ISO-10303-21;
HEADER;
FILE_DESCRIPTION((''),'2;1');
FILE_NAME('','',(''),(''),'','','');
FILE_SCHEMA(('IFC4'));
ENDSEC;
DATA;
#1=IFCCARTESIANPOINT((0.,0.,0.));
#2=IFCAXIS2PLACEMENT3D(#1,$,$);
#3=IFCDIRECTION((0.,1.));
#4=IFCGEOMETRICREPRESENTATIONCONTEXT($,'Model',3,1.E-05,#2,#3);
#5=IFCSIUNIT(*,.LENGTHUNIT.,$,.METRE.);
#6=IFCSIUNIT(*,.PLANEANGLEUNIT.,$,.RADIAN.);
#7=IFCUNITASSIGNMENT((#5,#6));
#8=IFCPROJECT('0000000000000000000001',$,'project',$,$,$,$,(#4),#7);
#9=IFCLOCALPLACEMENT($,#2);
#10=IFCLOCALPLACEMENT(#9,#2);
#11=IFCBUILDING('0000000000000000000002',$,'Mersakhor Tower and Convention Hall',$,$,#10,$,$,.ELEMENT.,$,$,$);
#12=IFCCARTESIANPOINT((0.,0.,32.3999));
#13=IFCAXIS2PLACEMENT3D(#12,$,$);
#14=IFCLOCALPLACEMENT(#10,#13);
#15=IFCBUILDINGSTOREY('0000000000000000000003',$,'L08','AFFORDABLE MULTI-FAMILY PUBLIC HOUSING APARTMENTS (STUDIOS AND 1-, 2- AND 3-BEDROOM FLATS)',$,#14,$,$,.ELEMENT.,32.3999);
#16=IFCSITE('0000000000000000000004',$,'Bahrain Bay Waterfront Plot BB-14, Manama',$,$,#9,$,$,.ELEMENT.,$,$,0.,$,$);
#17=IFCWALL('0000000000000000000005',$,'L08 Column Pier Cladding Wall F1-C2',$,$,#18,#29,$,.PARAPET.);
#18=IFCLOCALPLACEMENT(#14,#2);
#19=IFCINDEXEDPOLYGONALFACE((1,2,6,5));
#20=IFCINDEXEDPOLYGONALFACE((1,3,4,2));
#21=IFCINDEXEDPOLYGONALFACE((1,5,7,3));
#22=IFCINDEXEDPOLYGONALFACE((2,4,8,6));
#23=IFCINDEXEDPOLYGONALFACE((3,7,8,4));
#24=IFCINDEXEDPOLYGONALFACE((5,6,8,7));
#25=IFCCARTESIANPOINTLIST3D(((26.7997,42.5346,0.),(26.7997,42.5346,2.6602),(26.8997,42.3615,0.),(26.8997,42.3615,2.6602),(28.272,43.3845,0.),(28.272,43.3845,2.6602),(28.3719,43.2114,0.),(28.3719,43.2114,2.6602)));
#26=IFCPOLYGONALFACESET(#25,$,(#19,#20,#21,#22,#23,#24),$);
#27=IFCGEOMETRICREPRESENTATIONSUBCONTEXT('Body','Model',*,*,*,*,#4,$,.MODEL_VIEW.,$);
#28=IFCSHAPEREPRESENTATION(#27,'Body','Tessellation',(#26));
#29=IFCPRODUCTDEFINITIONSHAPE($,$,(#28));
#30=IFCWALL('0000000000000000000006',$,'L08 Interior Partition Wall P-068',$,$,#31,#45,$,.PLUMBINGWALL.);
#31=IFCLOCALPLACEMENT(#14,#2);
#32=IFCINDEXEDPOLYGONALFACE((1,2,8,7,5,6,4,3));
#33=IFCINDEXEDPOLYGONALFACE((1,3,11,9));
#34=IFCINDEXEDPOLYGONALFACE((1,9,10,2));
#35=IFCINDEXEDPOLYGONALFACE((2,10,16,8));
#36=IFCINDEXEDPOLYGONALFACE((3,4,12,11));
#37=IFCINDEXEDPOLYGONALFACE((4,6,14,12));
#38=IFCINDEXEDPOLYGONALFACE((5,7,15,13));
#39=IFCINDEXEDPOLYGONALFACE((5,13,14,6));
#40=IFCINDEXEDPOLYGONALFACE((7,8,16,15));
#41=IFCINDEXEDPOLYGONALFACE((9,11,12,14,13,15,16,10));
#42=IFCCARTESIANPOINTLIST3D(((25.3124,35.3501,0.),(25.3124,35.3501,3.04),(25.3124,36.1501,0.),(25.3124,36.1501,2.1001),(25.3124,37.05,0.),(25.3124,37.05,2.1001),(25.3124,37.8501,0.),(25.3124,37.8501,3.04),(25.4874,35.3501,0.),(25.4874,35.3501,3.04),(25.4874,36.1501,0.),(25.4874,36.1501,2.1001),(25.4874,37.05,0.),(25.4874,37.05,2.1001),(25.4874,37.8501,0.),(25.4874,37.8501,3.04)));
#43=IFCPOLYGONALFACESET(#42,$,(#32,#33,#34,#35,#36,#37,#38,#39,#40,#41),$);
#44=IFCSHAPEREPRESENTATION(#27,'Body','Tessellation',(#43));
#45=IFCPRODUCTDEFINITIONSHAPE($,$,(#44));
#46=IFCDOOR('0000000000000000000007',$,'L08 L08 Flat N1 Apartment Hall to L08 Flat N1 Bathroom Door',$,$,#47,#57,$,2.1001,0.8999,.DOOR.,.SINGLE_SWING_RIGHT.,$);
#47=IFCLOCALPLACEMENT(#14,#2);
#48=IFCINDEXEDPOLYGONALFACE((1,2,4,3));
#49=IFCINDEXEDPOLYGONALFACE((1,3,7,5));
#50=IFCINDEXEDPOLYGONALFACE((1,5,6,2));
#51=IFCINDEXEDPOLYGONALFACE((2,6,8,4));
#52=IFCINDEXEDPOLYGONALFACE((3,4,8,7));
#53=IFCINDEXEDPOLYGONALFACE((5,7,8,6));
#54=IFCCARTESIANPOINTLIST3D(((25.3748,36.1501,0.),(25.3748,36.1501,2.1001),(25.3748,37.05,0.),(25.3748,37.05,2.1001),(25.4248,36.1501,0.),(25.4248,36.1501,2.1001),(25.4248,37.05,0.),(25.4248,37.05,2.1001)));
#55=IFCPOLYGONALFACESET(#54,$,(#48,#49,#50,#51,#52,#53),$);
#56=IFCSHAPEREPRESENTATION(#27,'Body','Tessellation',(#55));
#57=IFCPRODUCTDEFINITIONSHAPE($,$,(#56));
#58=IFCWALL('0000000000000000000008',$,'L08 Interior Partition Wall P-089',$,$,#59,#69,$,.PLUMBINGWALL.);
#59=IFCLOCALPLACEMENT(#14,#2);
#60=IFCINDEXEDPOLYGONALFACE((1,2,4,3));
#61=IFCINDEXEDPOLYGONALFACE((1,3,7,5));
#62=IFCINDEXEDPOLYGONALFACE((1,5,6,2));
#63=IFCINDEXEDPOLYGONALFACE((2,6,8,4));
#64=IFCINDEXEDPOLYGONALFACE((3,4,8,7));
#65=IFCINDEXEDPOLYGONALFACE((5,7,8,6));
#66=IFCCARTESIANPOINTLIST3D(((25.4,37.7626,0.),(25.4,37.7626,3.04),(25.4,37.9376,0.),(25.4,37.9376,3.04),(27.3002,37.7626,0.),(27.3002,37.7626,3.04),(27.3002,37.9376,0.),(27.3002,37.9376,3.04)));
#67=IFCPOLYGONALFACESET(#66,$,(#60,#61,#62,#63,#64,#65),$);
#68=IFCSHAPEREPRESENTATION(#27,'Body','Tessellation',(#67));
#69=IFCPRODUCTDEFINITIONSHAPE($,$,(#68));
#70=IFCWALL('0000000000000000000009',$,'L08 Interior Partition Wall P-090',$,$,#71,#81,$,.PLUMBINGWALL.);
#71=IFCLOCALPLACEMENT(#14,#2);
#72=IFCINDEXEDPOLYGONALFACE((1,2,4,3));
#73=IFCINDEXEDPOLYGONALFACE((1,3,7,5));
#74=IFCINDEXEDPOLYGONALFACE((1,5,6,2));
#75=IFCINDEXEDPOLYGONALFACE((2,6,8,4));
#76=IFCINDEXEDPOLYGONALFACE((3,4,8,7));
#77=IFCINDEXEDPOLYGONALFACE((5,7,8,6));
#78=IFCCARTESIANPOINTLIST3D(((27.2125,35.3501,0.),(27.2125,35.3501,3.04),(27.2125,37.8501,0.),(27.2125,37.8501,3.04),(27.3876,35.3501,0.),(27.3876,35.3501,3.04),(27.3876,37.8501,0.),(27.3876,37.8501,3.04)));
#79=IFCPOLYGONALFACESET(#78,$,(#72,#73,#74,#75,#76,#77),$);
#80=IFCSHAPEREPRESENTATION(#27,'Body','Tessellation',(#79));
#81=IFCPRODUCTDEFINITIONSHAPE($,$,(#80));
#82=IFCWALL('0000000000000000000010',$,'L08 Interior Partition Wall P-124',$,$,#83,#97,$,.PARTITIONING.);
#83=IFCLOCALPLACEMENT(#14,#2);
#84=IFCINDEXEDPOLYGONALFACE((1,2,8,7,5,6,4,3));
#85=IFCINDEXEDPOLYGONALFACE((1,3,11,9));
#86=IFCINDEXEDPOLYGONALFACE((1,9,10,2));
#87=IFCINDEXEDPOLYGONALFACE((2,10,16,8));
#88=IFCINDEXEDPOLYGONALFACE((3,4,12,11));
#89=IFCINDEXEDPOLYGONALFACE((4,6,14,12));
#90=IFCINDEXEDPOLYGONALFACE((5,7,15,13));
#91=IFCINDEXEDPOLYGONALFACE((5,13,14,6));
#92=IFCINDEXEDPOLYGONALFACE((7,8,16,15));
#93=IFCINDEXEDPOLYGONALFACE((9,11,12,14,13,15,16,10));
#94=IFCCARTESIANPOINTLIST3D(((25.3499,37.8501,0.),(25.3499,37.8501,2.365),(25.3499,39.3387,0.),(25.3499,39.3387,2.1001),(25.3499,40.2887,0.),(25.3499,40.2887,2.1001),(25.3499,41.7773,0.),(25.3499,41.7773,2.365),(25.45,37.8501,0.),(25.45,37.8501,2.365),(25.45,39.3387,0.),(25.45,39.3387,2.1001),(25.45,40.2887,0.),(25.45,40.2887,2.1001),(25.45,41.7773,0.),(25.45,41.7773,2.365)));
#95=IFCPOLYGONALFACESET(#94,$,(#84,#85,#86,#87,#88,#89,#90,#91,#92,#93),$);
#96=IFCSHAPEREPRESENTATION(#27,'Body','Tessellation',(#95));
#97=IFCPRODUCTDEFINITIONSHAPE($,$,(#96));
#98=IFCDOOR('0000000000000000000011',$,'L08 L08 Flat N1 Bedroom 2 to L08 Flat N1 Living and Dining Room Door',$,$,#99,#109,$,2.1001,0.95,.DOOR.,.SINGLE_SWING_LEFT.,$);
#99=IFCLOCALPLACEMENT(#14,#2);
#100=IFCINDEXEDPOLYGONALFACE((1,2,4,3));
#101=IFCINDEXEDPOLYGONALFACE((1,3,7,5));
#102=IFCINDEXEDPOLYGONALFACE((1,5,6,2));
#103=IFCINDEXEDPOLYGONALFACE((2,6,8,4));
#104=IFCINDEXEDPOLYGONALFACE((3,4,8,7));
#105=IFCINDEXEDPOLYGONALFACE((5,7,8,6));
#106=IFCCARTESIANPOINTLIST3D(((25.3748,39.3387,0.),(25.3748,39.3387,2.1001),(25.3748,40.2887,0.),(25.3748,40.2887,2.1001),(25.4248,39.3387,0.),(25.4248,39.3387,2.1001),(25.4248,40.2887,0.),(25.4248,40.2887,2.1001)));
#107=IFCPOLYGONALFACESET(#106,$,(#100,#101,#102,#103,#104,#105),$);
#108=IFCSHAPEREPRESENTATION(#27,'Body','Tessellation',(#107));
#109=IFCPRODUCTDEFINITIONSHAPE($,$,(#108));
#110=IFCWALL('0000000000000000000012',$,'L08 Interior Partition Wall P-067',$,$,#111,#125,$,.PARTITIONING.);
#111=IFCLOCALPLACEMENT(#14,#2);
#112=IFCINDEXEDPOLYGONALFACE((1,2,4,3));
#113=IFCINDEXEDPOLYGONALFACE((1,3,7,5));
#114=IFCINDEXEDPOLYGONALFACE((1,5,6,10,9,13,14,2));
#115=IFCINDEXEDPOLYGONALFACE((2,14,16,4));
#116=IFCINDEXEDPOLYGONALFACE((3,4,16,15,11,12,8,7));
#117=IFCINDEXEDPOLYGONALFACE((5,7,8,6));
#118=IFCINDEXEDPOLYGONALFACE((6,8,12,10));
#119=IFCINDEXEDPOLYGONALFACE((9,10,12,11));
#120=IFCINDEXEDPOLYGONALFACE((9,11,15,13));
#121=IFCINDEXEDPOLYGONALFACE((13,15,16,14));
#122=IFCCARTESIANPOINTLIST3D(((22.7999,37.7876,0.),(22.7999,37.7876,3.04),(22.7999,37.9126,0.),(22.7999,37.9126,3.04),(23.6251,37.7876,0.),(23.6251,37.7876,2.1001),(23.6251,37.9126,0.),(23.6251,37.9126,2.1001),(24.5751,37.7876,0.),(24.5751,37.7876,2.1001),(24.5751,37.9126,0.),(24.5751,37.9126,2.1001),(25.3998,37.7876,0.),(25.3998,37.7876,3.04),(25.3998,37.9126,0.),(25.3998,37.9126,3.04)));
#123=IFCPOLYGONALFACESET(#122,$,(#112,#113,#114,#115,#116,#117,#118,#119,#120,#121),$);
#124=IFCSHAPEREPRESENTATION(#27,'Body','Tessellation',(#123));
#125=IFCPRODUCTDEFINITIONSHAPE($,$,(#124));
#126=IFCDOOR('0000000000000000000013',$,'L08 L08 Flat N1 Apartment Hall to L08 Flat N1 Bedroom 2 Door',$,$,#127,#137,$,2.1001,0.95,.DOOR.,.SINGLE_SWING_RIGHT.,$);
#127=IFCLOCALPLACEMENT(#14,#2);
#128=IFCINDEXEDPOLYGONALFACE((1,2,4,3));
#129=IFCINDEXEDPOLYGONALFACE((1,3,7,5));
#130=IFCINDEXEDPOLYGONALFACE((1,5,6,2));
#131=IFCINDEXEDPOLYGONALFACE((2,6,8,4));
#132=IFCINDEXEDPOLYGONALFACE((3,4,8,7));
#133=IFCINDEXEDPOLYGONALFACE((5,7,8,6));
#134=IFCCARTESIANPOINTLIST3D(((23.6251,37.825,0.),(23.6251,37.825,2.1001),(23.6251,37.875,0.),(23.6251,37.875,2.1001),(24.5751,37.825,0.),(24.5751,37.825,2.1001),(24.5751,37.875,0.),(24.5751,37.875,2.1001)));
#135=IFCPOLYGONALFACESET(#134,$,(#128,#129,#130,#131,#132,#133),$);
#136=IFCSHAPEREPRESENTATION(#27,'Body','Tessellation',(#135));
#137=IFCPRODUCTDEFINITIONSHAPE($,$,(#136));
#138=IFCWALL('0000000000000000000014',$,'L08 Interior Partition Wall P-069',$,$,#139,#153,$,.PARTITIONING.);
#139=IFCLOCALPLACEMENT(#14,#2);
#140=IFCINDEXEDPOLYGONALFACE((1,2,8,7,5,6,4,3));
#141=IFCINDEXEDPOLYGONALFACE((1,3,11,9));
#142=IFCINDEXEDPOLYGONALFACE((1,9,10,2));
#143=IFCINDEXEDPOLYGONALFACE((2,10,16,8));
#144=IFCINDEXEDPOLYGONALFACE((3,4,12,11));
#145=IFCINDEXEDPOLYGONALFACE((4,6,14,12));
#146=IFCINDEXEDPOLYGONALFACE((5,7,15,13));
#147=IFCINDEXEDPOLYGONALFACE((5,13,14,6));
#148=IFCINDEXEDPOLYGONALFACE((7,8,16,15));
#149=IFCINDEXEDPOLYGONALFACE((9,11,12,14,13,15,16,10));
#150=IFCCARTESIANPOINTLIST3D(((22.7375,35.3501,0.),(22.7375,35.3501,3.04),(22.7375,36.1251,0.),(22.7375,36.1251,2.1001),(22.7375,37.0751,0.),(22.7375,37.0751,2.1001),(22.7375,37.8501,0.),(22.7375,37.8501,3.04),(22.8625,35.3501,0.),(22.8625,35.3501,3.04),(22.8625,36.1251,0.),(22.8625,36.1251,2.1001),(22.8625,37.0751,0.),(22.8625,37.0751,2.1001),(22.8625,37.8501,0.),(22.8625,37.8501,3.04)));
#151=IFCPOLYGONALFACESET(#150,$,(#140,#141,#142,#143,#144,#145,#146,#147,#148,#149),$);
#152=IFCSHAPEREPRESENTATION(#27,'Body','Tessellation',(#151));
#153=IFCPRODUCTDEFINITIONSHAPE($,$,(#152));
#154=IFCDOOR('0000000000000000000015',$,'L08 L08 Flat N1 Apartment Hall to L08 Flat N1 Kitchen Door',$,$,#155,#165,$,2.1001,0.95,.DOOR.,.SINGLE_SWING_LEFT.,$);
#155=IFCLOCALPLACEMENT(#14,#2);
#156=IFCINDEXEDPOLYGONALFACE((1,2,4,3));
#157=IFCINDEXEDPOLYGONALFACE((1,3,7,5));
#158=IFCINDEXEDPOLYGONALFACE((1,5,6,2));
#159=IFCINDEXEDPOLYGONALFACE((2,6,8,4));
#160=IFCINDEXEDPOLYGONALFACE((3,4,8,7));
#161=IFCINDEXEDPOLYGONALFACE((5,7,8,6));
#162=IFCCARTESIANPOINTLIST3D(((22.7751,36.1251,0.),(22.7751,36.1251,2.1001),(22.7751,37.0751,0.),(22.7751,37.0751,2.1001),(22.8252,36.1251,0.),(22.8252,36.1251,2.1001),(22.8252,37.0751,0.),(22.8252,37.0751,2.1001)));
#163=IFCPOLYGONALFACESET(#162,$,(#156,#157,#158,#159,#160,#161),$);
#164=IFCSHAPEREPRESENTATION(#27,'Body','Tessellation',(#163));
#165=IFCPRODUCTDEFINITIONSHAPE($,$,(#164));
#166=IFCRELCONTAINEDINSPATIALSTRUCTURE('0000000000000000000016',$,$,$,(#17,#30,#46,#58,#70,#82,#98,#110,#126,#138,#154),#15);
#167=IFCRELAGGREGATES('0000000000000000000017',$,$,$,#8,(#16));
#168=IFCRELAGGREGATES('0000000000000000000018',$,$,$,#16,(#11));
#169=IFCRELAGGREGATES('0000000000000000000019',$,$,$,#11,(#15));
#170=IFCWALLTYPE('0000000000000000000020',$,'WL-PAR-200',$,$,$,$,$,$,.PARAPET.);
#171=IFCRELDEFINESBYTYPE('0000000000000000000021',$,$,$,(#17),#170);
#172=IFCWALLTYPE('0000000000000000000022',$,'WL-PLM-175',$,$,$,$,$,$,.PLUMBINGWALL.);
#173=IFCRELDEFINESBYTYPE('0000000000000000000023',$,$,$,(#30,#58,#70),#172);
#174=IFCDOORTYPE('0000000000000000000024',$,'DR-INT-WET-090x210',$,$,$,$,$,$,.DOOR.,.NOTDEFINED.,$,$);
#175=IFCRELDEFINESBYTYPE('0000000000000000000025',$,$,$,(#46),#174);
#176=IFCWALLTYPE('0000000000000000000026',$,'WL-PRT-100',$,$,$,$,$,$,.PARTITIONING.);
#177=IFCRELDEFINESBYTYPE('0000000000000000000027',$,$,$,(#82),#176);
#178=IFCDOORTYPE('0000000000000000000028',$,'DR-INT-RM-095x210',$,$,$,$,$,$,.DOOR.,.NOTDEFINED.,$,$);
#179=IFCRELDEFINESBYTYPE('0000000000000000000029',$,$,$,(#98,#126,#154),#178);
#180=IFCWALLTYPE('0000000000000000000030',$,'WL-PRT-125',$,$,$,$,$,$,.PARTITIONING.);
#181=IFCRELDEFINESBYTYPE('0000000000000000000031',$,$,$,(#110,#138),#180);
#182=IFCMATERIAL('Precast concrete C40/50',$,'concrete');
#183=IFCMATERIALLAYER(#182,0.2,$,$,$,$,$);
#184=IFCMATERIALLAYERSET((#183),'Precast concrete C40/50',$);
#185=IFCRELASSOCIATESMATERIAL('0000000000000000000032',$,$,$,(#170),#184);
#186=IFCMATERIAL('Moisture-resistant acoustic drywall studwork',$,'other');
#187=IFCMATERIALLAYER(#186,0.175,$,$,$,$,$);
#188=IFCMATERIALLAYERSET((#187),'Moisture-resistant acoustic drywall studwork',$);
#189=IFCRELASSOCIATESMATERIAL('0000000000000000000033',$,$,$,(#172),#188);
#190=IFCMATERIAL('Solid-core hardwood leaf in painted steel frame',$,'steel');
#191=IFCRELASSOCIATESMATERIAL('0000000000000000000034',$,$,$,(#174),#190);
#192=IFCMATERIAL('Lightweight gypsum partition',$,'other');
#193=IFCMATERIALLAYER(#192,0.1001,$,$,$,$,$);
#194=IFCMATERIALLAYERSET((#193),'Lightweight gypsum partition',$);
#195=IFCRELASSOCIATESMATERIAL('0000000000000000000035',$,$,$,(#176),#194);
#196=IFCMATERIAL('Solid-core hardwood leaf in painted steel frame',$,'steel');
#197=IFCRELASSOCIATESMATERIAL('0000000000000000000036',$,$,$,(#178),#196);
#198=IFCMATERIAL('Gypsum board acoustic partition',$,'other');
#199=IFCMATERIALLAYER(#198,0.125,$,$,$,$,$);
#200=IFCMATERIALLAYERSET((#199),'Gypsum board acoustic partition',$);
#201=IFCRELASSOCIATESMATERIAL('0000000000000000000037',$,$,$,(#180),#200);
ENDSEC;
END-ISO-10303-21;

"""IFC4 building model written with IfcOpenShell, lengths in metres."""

from ifc_helpers import new_model, si_unit, direction, frame, frame_2d, origin, place, context, subcontext, project, spatial, rectangle, extrude, material, layer, layer_set, type_object, element, fill, save


model = new_model("IFC4")

# Units and contexts
model_context = context("Model", 3, precision=1e-05, world=origin(), true_north=direction((0.0, 1.0)))
body_context = subcontext(model_context, "Body", "Model", "MODEL_VIEW")
ifc_project = project(units=[si_unit("LENGTHUNIT", "METRE"), si_unit("PLANEANGLEUNIT", "RADIAN")], contexts=[model_context])

# Site, building, storey
site_placement = place(None, origin())
site = spatial("IfcSite", under=ifc_project, at=site_placement, Name="Bahrain Bay Waterfront Plot BB-14, Manama", CompositionType="ELEMENT", RefElevation=0.0)
building_placement = place(site_placement, origin())
building = spatial("IfcBuilding", under=site, at=building_placement, Name="Mersakhor Tower and Convention Hall", CompositionType="ELEMENT")
storey_placement = place(building_placement, frame((0.0, 0.0, 32.3999)))
storey = spatial("IfcBuildingStorey", under=building, at=storey_placement, Name="L08", Description="AFFORDABLE MULTI-FAMILY PUBLIC HOUSING APARTMENTS (STUDIOS AND 1-, 2- AND 3-BEDROOM FLATS)", CompositionType="ELEMENT", Elevation=32.3999)

# Wall
ifc_material_1 = material(Name="Precast concrete C40/50", Category="concrete")
ifc_layer_1 = layer(ifc_material_1, 0.2)
ifc_layer_set_1 = layer_set([ifc_layer_1], Name="Precast concrete C40/50")
wall_type_1 = type_object("IfcWallType", Name="WL-PAR-200", PredefinedType="PARAPET", material=ifc_layer_set_1)
wall_1_placement = place(storey_placement, frame((26.8496, 42.448, 0.0), z_axis=(0.0, 0.0, 1.0), x_axis=(0.866052, 0.499955, 0.0)))
element("IfcWall", 1, at=wall_1_placement, inside=storey, type_object=wall_type_1, Name="L08 Column Pier Cladding Wall F1-C2", PredefinedType="PARAPET", context=body_context, shape_type="SweptSolid", body=[
    extrude(rectangle(XDim=1.7, YDim=0.2, at=frame_2d((0.8501, 0.0))), origin(), (0.0, 0.0, 1.0), 2.6602),
])

# Wall, opening, door
ifc_material_2 = material(Name="Moisture-resistant acoustic drywall studwork", Category="other")
ifc_layer_2 = layer(ifc_material_2, 0.175)
ifc_layer_set_2 = layer_set([ifc_layer_2], Name="Moisture-resistant acoustic drywall studwork")
wall_type_2 = type_object("IfcWallType", Name="WL-PLM-175", PredefinedType="PLUMBINGWALL", material=ifc_layer_set_2)
wall_2_placement = place(storey_placement, frame((25.3999, 37.8501, 0.0), z_axis=(0.0, 0.0, 1.0), x_axis=(0.0, -1.0, 0.0)))
wall_2 = element("IfcWall", 2, at=wall_2_placement, inside=storey, type_object=wall_type_2, Name="L08 Interior Partition Wall P-068", PredefinedType="PLUMBINGWALL", context=body_context, shape_type="SweptSolid", body=[
    extrude(rectangle(XDim=2.5, YDim=0.175, at=frame_2d((1.25, 0.0))), origin(), (0.0, 0.0, 1.0), 3.04),
])
opening_1_placement = place(wall_2_placement, frame((0.8, 0.0, 0.0)))
opening_1 = element("IfcOpeningElement", 3, at=opening_1_placement, cuts=wall_2, PredefinedType="OPENING", context=body_context, shape_type="SweptSolid", body=[
    extrude(rectangle(XDim=0.8999, YDim=2.1001, at=frame_2d((0.45, 1.05))), frame((0.0, 0.0974, 0.0), z_axis=(0.0, -1.0, 0.0), x_axis=(1.0, 0.0, 0.0)), (0.0, 0.0, 1.0), 0.1951),
])
ifc_material_3 = material(Name="Solid-core hardwood leaf in painted steel frame", Category="steel")
door_type_1 = type_object("IfcDoorType", Name="DR-INT-WET-090x210", OperationType="NOTDEFINED", PredefinedType="DOOR", material=ifc_material_3)
door_1_placement = place(opening_1_placement, origin())
door_1 = element("IfcDoor", 4, at=door_1_placement, inside=storey, type_object=door_type_1, Name="L08 L08 Flat N1 Apartment Hall to L08 Flat N1 Bathroom Door", OperationType="SINGLE_SWING_RIGHT", OverallHeight=2.1001, OverallWidth=0.8999, PredefinedType="DOOR", context=body_context, shape_type="SweptSolid", body=[
    extrude(rectangle(XDim=0.8999, YDim=2.1001, at=frame_2d((0.45, 1.05))), frame((0.0, 0.0249, 0.0), z_axis=(0.0, -1.0, 0.0), x_axis=(1.0, 0.0, 0.0)), (0.0, 0.0, 1.0), 0.05),
])
fill(opening_1, door_1)

# Walls
wall_3_placement = place(storey_placement, frame((25.3999, 37.8501, 0.0), z_axis=(0.0, 0.0, 1.0), x_axis=(1.0, 0.0, 0.0)))
element("IfcWall", 5, at=wall_3_placement, inside=storey, type_object=wall_type_2, Name="L08 Interior Partition Wall P-089", PredefinedType="PLUMBINGWALL", context=body_context, shape_type="SweptSolid", body=[
    extrude(rectangle(XDim=1.9001, YDim=0.175, at=frame_2d((0.9502, 0.0))), origin(), (0.0, 0.0, 1.0), 3.04),
])
wall_4_placement = place(storey_placement, frame((27.3, 37.8501, 0.0), z_axis=(0.0, 0.0, 1.0), x_axis=(0.0, -1.0, 0.0)))
element("IfcWall", 6, at=wall_4_placement, inside=storey, type_object=wall_type_2, Name="L08 Interior Partition Wall P-090", PredefinedType="PLUMBINGWALL", context=body_context, shape_type="SweptSolid", body=[
    extrude(rectangle(XDim=2.5, YDim=0.175, at=frame_2d((1.25, 0.0))), origin(), (0.0, 0.0, 1.0), 3.04),
])

# Walls, openings, doors
ifc_material_4 = material(Name="Lightweight gypsum partition", Category="other")
ifc_layer_3 = layer(ifc_material_4, 0.1001)
ifc_layer_set_3 = layer_set([ifc_layer_3], Name="Lightweight gypsum partition")
wall_type_3 = type_object("IfcWallType", Name="WL-PRT-100", PredefinedType="PARTITIONING", material=ifc_layer_set_3)
wall_5_placement = place(storey_placement, frame((25.3999, 41.7773, 0.0), z_axis=(0.0, 0.0, 1.0), x_axis=(0.0, -1.0, 0.0)))
wall_5 = element("IfcWall", 7, at=wall_5_placement, inside=storey, type_object=wall_type_3, Name="L08 Interior Partition Wall P-124", PredefinedType="PARTITIONING", context=body_context, shape_type="SweptSolid", body=[
    extrude(rectangle(XDim=3.9272, YDim=0.1001, at=frame_2d((1.9636, 0.0))), origin(), (0.0, 0.0, 1.0), 2.365),
])
opening_2_placement = place(wall_5_placement, frame((1.4885, 0.0, 0.0)))
opening_2 = element("IfcOpeningElement", 8, at=opening_2_placement, cuts=wall_5, PredefinedType="OPENING", context=body_context, shape_type="SweptSolid", body=[
    extrude(rectangle(XDim=0.95, YDim=2.1001, at=frame_2d((0.4751, 1.05))), frame((0.0, 0.0601, 0.0), z_axis=(0.0, -1.0, 0.0), x_axis=(1.0, 0.0, 0.0)), (0.0, 0.0, 1.0), 0.1201),
])
ifc_material_5 = material(Name="Solid-core hardwood leaf in painted steel frame", Category="steel")
door_type_2 = type_object("IfcDoorType", Name="DR-INT-RM-095x210", OperationType="NOTDEFINED", PredefinedType="DOOR", material=ifc_material_5)
door_2_placement = place(opening_2_placement, origin())
door_2 = element("IfcDoor", 9, at=door_2_placement, inside=storey, type_object=door_type_2, Name="L08 L08 Flat N1 Bedroom 2 to L08 Flat N1 Living and Dining Room Door", OperationType="SINGLE_SWING_LEFT", OverallHeight=2.1001, OverallWidth=0.95, PredefinedType="DOOR", context=body_context, shape_type="SweptSolid", body=[
    extrude(rectangle(XDim=0.95, YDim=2.1001, at=frame_2d((0.4751, 1.05))), frame((0.0, 0.0249, 0.0), z_axis=(0.0, -1.0, 0.0), x_axis=(1.0, 0.0, 0.0)), (0.0, 0.0, 1.0), 0.05),
])
fill(opening_2, door_2)
ifc_material_6 = material(Name="Gypsum board acoustic partition", Category="other")
ifc_layer_4 = layer(ifc_material_6, 0.125)
ifc_layer_set_4 = layer_set([ifc_layer_4], Name="Gypsum board acoustic partition")
wall_type_4 = type_object("IfcWallType", Name="WL-PRT-125", PredefinedType="PARTITIONING", material=ifc_layer_set_4)
wall_6_placement = place(storey_placement, frame((22.8, 37.8501, 0.0), z_axis=(0.0, 0.0, 1.0), x_axis=(1.0, 0.0, 0.0)))
wall_6 = element("IfcWall", 10, at=wall_6_placement, inside=storey, type_object=wall_type_4, Name="L08 Interior Partition Wall P-067", PredefinedType="PARTITIONING", context=body_context, shape_type="SweptSolid", body=[
    extrude(rectangle(XDim=2.5999, YDim=0.125, at=frame_2d((1.2998, 0.0))), origin(), (0.0, 0.0, 1.0), 3.04),
])
opening_3_placement = place(wall_6_placement, frame((0.825, 0.0, 0.0)))
opening_3 = element("IfcOpeningElement", 11, at=opening_3_placement, cuts=wall_6, PredefinedType="OPENING", context=body_context, shape_type="SweptSolid", body=[
    extrude(rectangle(XDim=0.95, YDim=2.1001, at=frame_2d((0.4751, 1.05))), frame((0.0, 0.0725, 0.0), z_axis=(0.0, -1.0, 0.0), x_axis=(1.0, 0.0, 0.0)), (0.0, 0.0, 1.0), 0.145),
])
door_3_placement = place(opening_3_placement, origin())
door_3 = element("IfcDoor", 12, at=door_3_placement, inside=storey, type_object=door_type_2, Name="L08 L08 Flat N1 Apartment Hall to L08 Flat N1 Bedroom 2 Door", OperationType="SINGLE_SWING_RIGHT", OverallHeight=2.1001, OverallWidth=0.95, PredefinedType="DOOR", context=body_context, shape_type="SweptSolid", body=[
    extrude(rectangle(XDim=0.95, YDim=2.1001, at=frame_2d((0.4751, 1.05))), frame((0.0, 0.0249, 0.0), z_axis=(0.0, -1.0, 0.0), x_axis=(1.0, 0.0, 0.0)), (0.0, 0.0, 1.0), 0.05),
])
fill(opening_3, door_3)
wall_7_placement = place(storey_placement, frame((22.8, 35.3501, 0.0), z_axis=(0.0, 0.0, 1.0), x_axis=(0.0, 1.0, 0.0)))
wall_7 = element("IfcWall", 13, at=wall_7_placement, inside=storey, type_object=wall_type_4, Name="L08 Interior Partition Wall P-069", PredefinedType="PARTITIONING", context=body_context, shape_type="SweptSolid", body=[
    extrude(rectangle(XDim=2.5, YDim=0.125, at=frame_2d((1.25, 0.0))), origin(), (0.0, 0.0, 1.0), 3.04),
])
opening_4_placement = place(wall_7_placement, frame((0.7749, 0.0, 0.0)))
opening_4 = element("IfcOpeningElement", 14, at=opening_4_placement, cuts=wall_7, PredefinedType="OPENING", context=body_context, shape_type="SweptSolid", body=[
    extrude(rectangle(XDim=0.95, YDim=2.1001, at=frame_2d((0.4751, 1.05))), frame((0.0, 0.0725, 0.0), z_axis=(0.0, -1.0, 0.0), x_axis=(1.0, 0.0, 0.0)), (0.0, 0.0, 1.0), 0.145),
])
door_4_placement = place(opening_4_placement, origin())
door_4 = element("IfcDoor", 15, at=door_4_placement, inside=storey, type_object=door_type_2, Name="L08 L08 Flat N1 Apartment Hall to L08 Flat N1 Kitchen Door", OperationType="SINGLE_SWING_LEFT", OverallHeight=2.1001, OverallWidth=0.95, PredefinedType="DOOR", context=body_context, shape_type="SweptSolid", body=[
    extrude(rectangle(XDim=0.95, YDim=2.1001, at=frame_2d((0.4751, 1.05))), frame((0.0, 0.0249, 0.0), z_axis=(0.0, -1.0, 0.0), x_axis=(1.0, 0.0, 0.0)), (0.0, 0.0, 1.0), 0.05),
])
fill(opening_4, door_4)

save(model, "model.ifc")
